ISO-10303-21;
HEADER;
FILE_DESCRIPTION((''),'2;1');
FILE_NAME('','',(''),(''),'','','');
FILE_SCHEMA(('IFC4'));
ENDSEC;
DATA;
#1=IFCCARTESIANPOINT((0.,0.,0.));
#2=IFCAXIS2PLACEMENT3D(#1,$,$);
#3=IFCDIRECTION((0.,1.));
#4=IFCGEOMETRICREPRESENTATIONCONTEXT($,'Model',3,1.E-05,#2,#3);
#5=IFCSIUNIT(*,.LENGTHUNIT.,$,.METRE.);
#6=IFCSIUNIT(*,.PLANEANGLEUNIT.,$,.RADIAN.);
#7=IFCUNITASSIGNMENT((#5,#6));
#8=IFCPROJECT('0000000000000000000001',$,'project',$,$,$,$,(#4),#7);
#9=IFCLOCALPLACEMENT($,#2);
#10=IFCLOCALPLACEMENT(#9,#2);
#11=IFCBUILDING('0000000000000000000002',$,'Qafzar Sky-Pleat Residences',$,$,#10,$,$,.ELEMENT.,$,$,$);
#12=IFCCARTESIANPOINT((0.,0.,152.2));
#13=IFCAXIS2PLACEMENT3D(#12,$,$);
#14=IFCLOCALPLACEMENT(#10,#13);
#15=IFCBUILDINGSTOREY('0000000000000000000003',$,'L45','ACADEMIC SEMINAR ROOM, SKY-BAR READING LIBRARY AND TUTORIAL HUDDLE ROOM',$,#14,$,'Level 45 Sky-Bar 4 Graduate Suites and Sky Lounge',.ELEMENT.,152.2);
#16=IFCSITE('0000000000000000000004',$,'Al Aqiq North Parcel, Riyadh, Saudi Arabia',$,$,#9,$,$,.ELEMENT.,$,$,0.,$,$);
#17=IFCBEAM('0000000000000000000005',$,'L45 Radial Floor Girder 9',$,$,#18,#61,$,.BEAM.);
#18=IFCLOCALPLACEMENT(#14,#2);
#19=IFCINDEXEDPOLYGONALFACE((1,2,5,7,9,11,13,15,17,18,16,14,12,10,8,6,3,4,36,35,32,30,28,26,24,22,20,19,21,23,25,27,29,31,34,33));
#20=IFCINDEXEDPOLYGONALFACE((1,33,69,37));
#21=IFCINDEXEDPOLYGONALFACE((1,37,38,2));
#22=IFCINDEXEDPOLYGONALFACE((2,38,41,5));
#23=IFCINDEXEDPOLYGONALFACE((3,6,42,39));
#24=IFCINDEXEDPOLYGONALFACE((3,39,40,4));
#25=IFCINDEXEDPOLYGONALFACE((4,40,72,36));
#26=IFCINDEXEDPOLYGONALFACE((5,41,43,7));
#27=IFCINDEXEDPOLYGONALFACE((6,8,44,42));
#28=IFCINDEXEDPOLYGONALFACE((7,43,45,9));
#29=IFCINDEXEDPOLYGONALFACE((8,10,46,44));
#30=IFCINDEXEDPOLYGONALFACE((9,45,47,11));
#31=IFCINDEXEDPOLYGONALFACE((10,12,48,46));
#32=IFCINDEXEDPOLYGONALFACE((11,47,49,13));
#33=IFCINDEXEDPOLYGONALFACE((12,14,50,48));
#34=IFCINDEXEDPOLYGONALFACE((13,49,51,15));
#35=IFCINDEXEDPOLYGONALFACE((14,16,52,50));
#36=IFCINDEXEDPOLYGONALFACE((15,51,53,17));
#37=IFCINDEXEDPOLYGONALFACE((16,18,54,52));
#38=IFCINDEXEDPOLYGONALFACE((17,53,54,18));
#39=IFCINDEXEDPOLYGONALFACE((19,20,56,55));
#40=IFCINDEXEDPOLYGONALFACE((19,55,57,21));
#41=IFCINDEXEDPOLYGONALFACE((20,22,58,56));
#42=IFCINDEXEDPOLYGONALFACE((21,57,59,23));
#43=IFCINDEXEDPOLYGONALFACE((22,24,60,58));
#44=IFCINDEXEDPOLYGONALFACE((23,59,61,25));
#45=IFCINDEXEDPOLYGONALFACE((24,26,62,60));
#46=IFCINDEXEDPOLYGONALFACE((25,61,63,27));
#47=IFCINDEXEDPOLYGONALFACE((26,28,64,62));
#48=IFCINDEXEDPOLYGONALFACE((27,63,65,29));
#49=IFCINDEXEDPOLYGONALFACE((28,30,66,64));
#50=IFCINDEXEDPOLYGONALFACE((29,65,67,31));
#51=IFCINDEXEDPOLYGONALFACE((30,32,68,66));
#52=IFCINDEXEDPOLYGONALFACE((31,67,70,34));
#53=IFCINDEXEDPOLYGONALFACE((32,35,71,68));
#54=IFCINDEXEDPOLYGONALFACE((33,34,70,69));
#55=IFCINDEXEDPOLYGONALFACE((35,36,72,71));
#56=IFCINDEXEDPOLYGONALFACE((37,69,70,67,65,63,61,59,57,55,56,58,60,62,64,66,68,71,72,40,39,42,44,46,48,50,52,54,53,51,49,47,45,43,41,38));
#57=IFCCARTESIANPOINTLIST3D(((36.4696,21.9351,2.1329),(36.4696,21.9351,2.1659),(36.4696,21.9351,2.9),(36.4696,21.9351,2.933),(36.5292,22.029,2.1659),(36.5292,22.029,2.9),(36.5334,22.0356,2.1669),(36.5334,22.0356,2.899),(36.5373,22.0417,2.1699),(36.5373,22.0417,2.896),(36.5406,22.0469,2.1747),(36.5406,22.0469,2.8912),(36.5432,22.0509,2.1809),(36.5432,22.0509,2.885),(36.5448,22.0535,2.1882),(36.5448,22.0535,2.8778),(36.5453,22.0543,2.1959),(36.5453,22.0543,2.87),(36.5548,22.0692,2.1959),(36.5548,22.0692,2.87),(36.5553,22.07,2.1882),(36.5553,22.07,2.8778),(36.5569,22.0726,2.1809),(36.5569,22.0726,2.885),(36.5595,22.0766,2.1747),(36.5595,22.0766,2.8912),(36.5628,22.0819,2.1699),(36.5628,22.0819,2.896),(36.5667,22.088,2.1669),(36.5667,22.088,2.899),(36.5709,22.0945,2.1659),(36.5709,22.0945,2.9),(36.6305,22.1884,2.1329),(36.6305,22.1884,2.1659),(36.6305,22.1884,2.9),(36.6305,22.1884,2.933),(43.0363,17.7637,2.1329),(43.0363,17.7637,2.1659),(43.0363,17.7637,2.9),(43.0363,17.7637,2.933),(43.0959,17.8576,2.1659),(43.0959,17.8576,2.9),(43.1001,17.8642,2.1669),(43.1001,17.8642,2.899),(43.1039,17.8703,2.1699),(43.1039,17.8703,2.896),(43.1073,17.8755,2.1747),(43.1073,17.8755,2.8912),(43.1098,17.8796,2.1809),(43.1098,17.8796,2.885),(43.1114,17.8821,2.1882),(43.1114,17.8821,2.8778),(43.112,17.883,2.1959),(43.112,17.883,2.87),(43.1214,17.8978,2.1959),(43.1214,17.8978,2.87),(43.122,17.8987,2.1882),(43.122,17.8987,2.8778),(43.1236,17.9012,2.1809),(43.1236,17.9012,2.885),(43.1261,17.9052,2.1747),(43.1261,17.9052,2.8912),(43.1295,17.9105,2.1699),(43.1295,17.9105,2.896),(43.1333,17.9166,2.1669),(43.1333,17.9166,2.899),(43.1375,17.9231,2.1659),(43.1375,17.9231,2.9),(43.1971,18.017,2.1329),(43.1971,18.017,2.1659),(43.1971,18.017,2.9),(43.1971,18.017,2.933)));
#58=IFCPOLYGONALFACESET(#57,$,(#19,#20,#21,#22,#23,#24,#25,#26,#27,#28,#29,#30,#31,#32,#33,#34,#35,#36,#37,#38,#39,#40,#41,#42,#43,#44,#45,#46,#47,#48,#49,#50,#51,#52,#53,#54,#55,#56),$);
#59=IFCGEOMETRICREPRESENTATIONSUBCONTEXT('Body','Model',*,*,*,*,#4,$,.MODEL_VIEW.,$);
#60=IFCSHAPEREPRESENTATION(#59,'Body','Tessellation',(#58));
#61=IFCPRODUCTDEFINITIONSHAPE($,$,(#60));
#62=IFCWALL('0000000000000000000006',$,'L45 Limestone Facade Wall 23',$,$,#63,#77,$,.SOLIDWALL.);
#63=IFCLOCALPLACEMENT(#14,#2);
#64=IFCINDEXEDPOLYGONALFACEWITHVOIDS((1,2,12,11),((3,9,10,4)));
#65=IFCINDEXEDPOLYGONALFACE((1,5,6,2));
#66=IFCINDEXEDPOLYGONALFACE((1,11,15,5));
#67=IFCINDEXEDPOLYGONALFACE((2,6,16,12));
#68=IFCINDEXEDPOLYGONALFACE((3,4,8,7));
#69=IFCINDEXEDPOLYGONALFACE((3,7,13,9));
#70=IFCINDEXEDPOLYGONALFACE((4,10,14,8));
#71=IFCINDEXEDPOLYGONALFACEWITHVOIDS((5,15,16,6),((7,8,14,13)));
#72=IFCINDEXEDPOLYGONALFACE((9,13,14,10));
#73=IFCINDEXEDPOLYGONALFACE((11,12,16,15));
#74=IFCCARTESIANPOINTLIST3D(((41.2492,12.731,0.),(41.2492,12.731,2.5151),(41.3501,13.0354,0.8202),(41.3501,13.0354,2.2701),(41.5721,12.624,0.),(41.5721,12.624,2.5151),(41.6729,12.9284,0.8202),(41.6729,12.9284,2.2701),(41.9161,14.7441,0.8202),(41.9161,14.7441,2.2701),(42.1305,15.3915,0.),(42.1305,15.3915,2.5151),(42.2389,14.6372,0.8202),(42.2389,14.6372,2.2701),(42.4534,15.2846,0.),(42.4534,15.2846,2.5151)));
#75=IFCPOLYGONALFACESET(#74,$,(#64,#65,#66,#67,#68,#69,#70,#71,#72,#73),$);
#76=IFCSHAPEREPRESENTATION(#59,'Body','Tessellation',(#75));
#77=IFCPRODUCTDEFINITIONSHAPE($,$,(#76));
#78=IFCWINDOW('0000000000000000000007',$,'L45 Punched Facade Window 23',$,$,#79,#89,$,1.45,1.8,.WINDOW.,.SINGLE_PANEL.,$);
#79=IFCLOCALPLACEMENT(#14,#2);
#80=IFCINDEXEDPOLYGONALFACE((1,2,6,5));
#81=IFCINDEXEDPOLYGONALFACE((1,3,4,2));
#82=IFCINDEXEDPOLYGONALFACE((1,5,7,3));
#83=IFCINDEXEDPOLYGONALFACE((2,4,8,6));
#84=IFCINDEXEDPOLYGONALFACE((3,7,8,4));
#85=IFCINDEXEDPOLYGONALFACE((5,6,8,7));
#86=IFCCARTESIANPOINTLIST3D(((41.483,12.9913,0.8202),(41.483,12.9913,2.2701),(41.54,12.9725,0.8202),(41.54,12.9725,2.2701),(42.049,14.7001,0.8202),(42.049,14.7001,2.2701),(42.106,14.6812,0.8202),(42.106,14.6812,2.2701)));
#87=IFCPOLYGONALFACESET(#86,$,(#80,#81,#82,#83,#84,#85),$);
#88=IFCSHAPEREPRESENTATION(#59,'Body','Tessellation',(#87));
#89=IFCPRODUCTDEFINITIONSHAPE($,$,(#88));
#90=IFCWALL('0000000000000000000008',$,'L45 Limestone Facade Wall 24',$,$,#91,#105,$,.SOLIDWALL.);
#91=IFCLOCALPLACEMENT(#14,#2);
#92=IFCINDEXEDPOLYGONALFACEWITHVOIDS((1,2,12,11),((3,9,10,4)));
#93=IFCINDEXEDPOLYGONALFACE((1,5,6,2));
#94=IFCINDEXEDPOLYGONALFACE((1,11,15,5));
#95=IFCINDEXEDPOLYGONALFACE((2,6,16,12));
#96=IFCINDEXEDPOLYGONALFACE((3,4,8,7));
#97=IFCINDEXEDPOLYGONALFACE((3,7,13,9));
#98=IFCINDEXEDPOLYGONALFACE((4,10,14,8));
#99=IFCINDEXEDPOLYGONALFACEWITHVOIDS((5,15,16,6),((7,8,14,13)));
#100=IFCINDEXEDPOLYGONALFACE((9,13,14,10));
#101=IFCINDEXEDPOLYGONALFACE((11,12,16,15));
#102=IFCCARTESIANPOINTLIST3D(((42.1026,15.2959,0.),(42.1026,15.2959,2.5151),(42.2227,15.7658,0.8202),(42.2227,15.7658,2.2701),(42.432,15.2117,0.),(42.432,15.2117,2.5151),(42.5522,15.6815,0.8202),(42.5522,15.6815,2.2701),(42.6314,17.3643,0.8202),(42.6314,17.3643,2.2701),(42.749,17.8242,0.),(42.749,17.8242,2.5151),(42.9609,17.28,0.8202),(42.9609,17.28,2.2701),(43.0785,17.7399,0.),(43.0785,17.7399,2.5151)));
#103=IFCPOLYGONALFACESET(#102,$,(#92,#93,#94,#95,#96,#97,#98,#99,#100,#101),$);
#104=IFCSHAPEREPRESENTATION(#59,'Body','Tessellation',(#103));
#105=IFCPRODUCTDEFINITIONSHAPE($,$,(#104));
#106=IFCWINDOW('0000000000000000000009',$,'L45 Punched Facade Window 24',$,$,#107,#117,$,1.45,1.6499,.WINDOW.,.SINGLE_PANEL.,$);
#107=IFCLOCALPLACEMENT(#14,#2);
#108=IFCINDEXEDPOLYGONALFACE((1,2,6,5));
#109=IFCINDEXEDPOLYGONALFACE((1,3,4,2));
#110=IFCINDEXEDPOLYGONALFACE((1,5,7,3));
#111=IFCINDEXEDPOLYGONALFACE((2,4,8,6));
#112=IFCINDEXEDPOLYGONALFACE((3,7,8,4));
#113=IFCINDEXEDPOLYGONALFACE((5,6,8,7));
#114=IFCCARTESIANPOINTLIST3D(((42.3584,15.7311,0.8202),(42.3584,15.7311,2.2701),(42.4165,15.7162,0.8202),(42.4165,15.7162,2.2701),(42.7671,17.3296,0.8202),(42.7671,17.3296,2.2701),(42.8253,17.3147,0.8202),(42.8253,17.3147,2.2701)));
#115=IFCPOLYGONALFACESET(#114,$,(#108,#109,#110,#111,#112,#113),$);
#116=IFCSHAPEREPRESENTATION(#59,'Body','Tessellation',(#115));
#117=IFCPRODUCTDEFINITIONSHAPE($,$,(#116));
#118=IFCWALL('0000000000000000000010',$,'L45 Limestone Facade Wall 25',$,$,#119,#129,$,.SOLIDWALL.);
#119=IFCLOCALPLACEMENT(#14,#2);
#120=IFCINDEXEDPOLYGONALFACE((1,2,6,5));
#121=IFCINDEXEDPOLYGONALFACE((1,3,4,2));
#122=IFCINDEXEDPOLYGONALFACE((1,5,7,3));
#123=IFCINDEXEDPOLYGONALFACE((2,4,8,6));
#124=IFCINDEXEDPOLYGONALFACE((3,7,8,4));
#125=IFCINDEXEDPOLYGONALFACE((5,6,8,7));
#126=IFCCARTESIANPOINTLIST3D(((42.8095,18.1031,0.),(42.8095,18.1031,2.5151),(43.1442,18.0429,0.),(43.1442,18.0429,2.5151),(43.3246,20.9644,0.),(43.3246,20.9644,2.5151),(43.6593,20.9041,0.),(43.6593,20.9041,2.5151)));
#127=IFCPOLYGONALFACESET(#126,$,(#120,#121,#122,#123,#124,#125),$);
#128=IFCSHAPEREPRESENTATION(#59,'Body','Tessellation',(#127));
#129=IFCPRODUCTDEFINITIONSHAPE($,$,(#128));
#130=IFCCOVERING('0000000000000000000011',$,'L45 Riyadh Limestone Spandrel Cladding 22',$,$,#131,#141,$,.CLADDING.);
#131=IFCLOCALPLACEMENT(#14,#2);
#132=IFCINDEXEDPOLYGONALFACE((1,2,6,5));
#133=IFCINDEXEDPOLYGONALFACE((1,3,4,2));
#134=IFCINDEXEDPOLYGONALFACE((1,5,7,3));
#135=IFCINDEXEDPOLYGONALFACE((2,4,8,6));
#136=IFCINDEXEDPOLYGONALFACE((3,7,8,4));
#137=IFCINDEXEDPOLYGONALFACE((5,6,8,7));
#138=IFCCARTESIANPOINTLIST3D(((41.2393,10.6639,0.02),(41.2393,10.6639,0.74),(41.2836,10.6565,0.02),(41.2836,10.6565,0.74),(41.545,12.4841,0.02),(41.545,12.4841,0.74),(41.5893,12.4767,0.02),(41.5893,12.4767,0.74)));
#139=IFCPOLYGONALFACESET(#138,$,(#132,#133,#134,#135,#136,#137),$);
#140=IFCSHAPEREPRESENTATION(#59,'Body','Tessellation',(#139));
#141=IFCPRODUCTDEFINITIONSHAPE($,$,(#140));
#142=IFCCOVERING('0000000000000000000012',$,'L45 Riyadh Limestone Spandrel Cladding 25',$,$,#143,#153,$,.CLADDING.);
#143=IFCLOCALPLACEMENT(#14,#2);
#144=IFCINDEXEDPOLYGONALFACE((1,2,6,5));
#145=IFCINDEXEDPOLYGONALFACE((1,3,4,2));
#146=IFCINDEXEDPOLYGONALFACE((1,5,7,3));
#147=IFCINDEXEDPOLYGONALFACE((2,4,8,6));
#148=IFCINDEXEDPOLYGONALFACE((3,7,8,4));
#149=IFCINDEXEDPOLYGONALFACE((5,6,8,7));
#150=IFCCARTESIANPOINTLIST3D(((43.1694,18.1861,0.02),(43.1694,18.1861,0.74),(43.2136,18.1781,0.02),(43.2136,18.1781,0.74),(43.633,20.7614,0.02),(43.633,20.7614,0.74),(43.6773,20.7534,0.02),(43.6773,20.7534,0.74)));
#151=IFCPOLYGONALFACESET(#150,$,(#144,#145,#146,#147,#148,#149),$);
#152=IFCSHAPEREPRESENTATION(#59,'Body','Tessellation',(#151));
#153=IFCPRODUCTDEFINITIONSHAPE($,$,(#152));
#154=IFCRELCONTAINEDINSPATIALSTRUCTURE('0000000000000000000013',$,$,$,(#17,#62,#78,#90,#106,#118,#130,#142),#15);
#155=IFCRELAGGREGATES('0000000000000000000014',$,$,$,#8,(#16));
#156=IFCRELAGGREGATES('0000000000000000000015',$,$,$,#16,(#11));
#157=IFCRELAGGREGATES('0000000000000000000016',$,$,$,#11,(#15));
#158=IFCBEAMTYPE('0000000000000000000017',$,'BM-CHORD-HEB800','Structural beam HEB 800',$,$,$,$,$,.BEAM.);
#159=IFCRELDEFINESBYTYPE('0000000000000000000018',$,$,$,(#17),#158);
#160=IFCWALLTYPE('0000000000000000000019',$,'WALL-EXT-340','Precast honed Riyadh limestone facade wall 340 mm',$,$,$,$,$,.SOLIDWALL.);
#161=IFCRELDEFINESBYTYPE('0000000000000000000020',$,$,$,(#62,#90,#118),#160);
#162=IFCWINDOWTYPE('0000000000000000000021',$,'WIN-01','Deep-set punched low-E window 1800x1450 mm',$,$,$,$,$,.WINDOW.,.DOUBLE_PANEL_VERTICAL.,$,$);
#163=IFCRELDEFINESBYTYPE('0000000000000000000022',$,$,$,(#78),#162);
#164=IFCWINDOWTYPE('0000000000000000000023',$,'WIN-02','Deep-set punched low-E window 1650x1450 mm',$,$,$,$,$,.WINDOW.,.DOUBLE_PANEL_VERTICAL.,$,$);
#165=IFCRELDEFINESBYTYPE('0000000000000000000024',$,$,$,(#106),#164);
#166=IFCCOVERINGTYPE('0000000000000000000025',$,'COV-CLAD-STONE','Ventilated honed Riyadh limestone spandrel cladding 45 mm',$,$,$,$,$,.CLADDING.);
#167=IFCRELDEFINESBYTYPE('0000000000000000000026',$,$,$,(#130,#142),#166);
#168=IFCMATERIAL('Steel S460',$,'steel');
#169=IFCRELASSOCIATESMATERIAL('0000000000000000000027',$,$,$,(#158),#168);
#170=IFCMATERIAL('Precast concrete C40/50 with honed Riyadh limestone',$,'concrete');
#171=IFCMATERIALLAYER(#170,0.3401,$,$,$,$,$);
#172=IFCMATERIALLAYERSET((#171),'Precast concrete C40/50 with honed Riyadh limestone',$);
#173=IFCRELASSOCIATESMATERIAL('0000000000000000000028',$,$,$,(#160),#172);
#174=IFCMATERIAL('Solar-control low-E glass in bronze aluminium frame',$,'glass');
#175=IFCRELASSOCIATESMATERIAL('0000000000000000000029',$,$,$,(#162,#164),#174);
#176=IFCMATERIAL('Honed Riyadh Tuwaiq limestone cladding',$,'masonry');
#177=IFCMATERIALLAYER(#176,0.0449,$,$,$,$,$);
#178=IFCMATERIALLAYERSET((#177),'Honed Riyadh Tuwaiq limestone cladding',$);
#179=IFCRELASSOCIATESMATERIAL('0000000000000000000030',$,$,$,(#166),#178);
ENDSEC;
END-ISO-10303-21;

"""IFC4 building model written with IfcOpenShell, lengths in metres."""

from ifc_helpers import new_model, si_unit, direction, frame, frame_2d, origin, origin_2d, place, context, subcontext, project, spatial, rectangle, i_section, extrude, source, transform, mapped, material, layer, layer_set, material_profile, profile_set, type_object, element, fill, save


model = new_model("IFC4")

# Units and contexts
model_context = context("Model", 3, precision=1e-05, world=origin(), true_north=direction((0.0, 1.0)))
body_context = subcontext(model_context, "Body", "Model", "MODEL_VIEW")
ifc_project = project(units=[si_unit("LENGTHUNIT", "METRE"), si_unit("PLANEANGLEUNIT", "RADIAN")], contexts=[model_context])

# Site, building, storey
site_placement = place(None, origin())
site = spatial("IfcSite", under=ifc_project, at=site_placement, Name="Al Aqiq North Parcel, Riyadh, Saudi Arabia", CompositionType="ELEMENT", RefElevation=0.0)
building_placement = place(site_placement, origin())
building = spatial("IfcBuilding", under=site, at=building_placement, Name="Qafzar Sky-Pleat Residences", CompositionType="ELEMENT")
storey_placement = place(building_placement, frame((0.0, 0.0, 152.2)))
storey = spatial("IfcBuildingStorey", under=building, at=storey_placement, Name="L45", Description="ACADEMIC SEMINAR ROOM, SKY-BAR READING LIBRARY AND TUTORIAL HUDDLE ROOM", LongName="Level 45 Sky-Bar 4 Graduate Suites and Sky Lounge", CompositionType="ELEMENT", Elevation=152.2)

# Beam
ifc_material_1 = material(Name="Steel S460", Category="steel")
ifc_material_profile_1 = material_profile(ifc_material_1, i_section(OverallWidth=0.3, OverallDepth=0.8, WebThickness=0.0176, FlangeThickness=0.033, FilletRadius=0.03, at=origin_2d()), Name="HEB 800")
ifc_profile_set_1 = profile_set([ifc_material_profile_1], Name="Steel S460")
beam_type_1 = type_object("IfcBeamType", Name="BM-CHORD-HEB800", Description="Structural beam HEB 800", PredefinedType="BEAM", material=ifc_profile_set_1)
shared_shape_1 = source(origin(), body_context, "Body", "SweptSolid", [
    extrude(i_section(OverallWidth=0.3, OverallDepth=0.8, WebThickness=0.0176, FlangeThickness=0.033, FilletRadius=0.03, at=origin_2d()), origin(), (0.0, 0.0, 1.0), 7.7795),
])
beam_1_placement = place(storey_placement, frame((43.1167, 17.8904, 2.533), z_axis=(-0.844092, 0.536199, 0.0), x_axis=(-0.536199, -0.844092, 0.0)))
element("IfcBeam", 1, at=beam_1_placement, inside=storey, type_object=beam_type_1, Name="L45 Radial Floor Girder 9", PredefinedType="BEAM", context=body_context, shape_type="MappedRepresentation", body=[
    mapped(shared_shape_1, transform((0.0, 0.0, 0.0), x_axis=(1.0, 0.0, 0.0), y_axis=(0.0, 1.0, 0.0), z_axis=(0.0, 0.0, 1.0), scale=1.0)),
])

# Walls, openings, windows
ifc_material_2 = material(Name="Precast concrete C40/50 with honed Riyadh limestone", Category="concrete")
ifc_layer_1 = layer(ifc_material_2, 0.3401)
ifc_layer_set_1 = layer_set([ifc_layer_1], Name="Precast concrete C40/50 with honed Riyadh limestone")
wall_type_1 = type_object("IfcWallType", Name="WALL-EXT-340", Description="Precast honed Riyadh limestone facade wall 340 mm", PredefinedType="SOLIDWALL", material=ifc_layer_set_1)
wall_1_placement = place(storey_placement, frame((41.4106, 12.6775, 0.0), z_axis=(0.0, 0.0, 1.0), x_axis=(0.31445, 0.949274, 0.0)))
wall_1 = element("IfcWall", 2, at=wall_1_placement, inside=storey, type_object=wall_type_1, Name="L45 Limestone Facade Wall 23", PredefinedType="SOLIDWALL", context=body_context, shape_type="SweptSolid", body=[
    extrude(rectangle(XDim=2.8027, YDim=0.3401, at=frame_2d((1.4014, 0.0))), origin(), (0.0, 0.0, 1.0), 2.5151),
])
opening_1_placement = place(wall_1_placement, frame((0.3208, 0.0, 0.8201)))
opening_1 = element("IfcOpeningElement", 3, at=opening_1_placement, cuts=wall_1, PredefinedType="OPENING", context=body_context, shape_type="SweptSolid", body=[
    extrude(rectangle(XDim=1.8, YDim=1.45, at=frame_2d((0.8999, 0.7251))), frame((0.0, 0.1802, 0.0), z_axis=(0.0, -1.0, 0.0), x_axis=(1.0, 0.0, 0.0)), (0.0, 0.0, 1.0), 0.3601),
])
ifc_material_3 = material(Name="Solar-control low-E glass in bronze aluminium frame", Category="glass")
window_type_1 = type_object("IfcWindowType", Name="WIN-01", Description="Deep-set punched low-E window 1800x1450 mm", PartitioningType="DOUBLE_PANEL_VERTICAL", PredefinedType="WINDOW", material=ifc_material_3)
shared_shape_2 = source(origin(), body_context, "Body", "SweptSolid", [
    extrude(rectangle(XDim=1.8, YDim=1.45, at=frame_2d((0.8999, 0.7251))), frame((0.0, 0.03, 0.0), z_axis=(0.0, -1.0, 0.0), x_axis=(1.0, 0.0, 0.0)), (0.0, 0.0, 1.0), 0.0601),
])
window_1_placement = place(opening_1_placement, origin())
window_1 = element("IfcWindow", 4, at=window_1_placement, inside=storey, type_object=window_type_1, Name="L45 Punched Facade Window 23", OverallHeight=1.45, OverallWidth=1.8, PartitioningType="SINGLE_PANEL", PredefinedType="WINDOW", context=body_context, shape_type="MappedRepresentation", body=[
    mapped(shared_shape_2, transform((0.0, 0.0, 0.0), x_axis=(1.0, 0.0, 0.0), y_axis=(0.0, 1.0, 0.0), z_axis=(0.0, 0.0, 1.0), scale=1.0)),
])
fill(opening_1, window_1)
wall_2_placement = place(storey_placement, frame((42.2673, 15.2539, 0.0), z_axis=(0.0, 0.0, 1.0), x_axis=(0.247727, 0.96883, 0.0)))
wall_2 = element("IfcWall", 5, at=wall_2_placement, inside=storey, type_object=wall_type_1, Name="L45 Limestone Facade Wall 24", PredefinedType="SOLIDWALL", context=body_context, shape_type="SweptSolid", body=[
    extrude(rectangle(XDim=2.6096, YDim=0.3401, at=frame_2d((1.3047, 0.0))), origin(), (0.0, 0.0, 1.0), 2.5151),
])
opening_2_placement = place(wall_2_placement, frame((0.4849, 0.0, 0.8201)))
opening_2 = element("IfcOpeningElement", 6, at=opening_2_placement, cuts=wall_2, PredefinedType="OPENING", context=body_context, shape_type="SweptSolid", body=[
    extrude(rectangle(XDim=1.6499, YDim=1.45, at=frame_2d((0.825, 0.7251))), frame((0.0, 0.1802, 0.0), z_axis=(0.0, -1.0, 0.0), x_axis=(1.0, 0.0, 0.0)), (0.0, 0.0, 1.0), 0.3601),
])
window_type_2 = type_object("IfcWindowType", Name="WIN-02", Description="Deep-set punched low-E window 1650x1450 mm", PartitioningType="DOUBLE_PANEL_VERTICAL", PredefinedType="WINDOW", material=ifc_material_3)
shared_shape_3 = source(origin(), body_context, "Body", "SweptSolid", [
    extrude(rectangle(XDim=1.6499, YDim=1.45, at=frame_2d((0.825, 0.7251))), frame((0.0, 0.03, 0.0), z_axis=(0.0, -1.0, 0.0), x_axis=(1.0, 0.0, 0.0)), (0.0, 0.0, 1.0), 0.0601),
])
window_2_placement = place(opening_2_placement, origin())
window_2 = element("IfcWindow", 7, at=window_2_placement, inside=storey, type_object=window_type_2, Name="L45 Punched Facade Window 24", OverallHeight=1.45, OverallWidth=1.6499, PartitioningType="SINGLE_PANEL", PredefinedType="WINDOW", context=body_context, shape_type="MappedRepresentation", body=[
    mapped(shared_shape_3, transform((0.0, 0.0, 0.0), x_axis=(1.0, 0.0, 0.0), y_axis=(0.0, 1.0, 0.0), z_axis=(0.0, 0.0, 1.0), scale=1.0)),
])
fill(opening_2, window_2)

# Wall
wall_3_placement = place(storey_placement, frame((42.9768, 18.073, 0.0), z_axis=(0.0, 0.0, 1.0), x_axis=(0.177186, 0.984177, 0.0)))
element("IfcWall", 8, at=wall_3_placement, inside=storey, type_object=wall_type_1, Name="L45 Limestone Facade Wall 25", PredefinedType="SOLIDWALL", context=body_context, shape_type="SweptSolid", body=[
    extrude(rectangle(XDim=2.9072, YDim=0.3401, at=frame_2d((1.4536, 0.0))), origin(), (0.0, 0.0, 1.0), 2.5151),
])

# Coverings
ifc_material_4 = material(Name="Honed Riyadh Tuwaiq limestone cladding", Category="masonry")
ifc_layer_2 = layer(ifc_material_4, 0.0449)
ifc_layer_set_2 = layer_set([ifc_layer_2], Name="Honed Riyadh Tuwaiq limestone cladding")
covering_type = type_object("IfcCoveringType", Name="COV-CLAD-STONE", Description="Ventilated honed Riyadh limestone spandrel cladding 45 mm", PredefinedType="CLADDING", material=ifc_layer_set_2)
shared_shape_4 = source(origin(), body_context, "Body", "SweptSolid", [
    extrude(rectangle(XDim=1.8457, YDim=0.0449, at=origin_2d()), origin(), (0.0, 0.0, 1.0), 0.72),
])
covering_1_placement = place(storey_placement, frame((41.4143, 11.5703, 0.02), z_axis=(0.0, 0.0, 1.0), x_axis=(0.165656, 0.986184, 0.0)))
element("IfcCovering", 9, at=covering_1_placement, inside=storey, type_object=covering_type, Name="L45 Riyadh Limestone Spandrel Cladding 22", PredefinedType="CLADDING", context=body_context, shape_type="MappedRepresentation", body=[
    mapped(shared_shape_4, transform((0.0, 0.0, 0.0), x_axis=(1.0, 0.0, 0.0), y_axis=(0.0, 1.0, 0.0), z_axis=(0.0, 0.0, 1.0), scale=1.0)),
])
shared_shape_5 = source(origin(), body_context, "Body", "SweptSolid", [
    extrude(rectangle(XDim=2.6167, YDim=0.0449, at=origin_2d()), origin(), (0.0, 0.0, 1.0), 0.72),
])
covering_2_placement = place(storey_placement, frame((43.4233, 19.4697, 0.02), z_axis=(0.0, 0.0, 1.0), x_axis=(0.177175, 0.984179, 0.0)))
element("IfcCovering", 10, at=covering_2_placement, inside=storey, type_object=covering_type, Name="L45 Riyadh Limestone Spandrel Cladding 25", PredefinedType="CLADDING", context=body_context, shape_type="MappedRepresentation", body=[
    mapped(shared_shape_5, transform((0.0, 0.0, 0.0), x_axis=(1.0, 0.0, 0.0), y_axis=(0.0, 1.0, 0.0), z_axis=(0.0, 0.0, 1.0), scale=1.0)),
])

save(model, "model.ifc")
